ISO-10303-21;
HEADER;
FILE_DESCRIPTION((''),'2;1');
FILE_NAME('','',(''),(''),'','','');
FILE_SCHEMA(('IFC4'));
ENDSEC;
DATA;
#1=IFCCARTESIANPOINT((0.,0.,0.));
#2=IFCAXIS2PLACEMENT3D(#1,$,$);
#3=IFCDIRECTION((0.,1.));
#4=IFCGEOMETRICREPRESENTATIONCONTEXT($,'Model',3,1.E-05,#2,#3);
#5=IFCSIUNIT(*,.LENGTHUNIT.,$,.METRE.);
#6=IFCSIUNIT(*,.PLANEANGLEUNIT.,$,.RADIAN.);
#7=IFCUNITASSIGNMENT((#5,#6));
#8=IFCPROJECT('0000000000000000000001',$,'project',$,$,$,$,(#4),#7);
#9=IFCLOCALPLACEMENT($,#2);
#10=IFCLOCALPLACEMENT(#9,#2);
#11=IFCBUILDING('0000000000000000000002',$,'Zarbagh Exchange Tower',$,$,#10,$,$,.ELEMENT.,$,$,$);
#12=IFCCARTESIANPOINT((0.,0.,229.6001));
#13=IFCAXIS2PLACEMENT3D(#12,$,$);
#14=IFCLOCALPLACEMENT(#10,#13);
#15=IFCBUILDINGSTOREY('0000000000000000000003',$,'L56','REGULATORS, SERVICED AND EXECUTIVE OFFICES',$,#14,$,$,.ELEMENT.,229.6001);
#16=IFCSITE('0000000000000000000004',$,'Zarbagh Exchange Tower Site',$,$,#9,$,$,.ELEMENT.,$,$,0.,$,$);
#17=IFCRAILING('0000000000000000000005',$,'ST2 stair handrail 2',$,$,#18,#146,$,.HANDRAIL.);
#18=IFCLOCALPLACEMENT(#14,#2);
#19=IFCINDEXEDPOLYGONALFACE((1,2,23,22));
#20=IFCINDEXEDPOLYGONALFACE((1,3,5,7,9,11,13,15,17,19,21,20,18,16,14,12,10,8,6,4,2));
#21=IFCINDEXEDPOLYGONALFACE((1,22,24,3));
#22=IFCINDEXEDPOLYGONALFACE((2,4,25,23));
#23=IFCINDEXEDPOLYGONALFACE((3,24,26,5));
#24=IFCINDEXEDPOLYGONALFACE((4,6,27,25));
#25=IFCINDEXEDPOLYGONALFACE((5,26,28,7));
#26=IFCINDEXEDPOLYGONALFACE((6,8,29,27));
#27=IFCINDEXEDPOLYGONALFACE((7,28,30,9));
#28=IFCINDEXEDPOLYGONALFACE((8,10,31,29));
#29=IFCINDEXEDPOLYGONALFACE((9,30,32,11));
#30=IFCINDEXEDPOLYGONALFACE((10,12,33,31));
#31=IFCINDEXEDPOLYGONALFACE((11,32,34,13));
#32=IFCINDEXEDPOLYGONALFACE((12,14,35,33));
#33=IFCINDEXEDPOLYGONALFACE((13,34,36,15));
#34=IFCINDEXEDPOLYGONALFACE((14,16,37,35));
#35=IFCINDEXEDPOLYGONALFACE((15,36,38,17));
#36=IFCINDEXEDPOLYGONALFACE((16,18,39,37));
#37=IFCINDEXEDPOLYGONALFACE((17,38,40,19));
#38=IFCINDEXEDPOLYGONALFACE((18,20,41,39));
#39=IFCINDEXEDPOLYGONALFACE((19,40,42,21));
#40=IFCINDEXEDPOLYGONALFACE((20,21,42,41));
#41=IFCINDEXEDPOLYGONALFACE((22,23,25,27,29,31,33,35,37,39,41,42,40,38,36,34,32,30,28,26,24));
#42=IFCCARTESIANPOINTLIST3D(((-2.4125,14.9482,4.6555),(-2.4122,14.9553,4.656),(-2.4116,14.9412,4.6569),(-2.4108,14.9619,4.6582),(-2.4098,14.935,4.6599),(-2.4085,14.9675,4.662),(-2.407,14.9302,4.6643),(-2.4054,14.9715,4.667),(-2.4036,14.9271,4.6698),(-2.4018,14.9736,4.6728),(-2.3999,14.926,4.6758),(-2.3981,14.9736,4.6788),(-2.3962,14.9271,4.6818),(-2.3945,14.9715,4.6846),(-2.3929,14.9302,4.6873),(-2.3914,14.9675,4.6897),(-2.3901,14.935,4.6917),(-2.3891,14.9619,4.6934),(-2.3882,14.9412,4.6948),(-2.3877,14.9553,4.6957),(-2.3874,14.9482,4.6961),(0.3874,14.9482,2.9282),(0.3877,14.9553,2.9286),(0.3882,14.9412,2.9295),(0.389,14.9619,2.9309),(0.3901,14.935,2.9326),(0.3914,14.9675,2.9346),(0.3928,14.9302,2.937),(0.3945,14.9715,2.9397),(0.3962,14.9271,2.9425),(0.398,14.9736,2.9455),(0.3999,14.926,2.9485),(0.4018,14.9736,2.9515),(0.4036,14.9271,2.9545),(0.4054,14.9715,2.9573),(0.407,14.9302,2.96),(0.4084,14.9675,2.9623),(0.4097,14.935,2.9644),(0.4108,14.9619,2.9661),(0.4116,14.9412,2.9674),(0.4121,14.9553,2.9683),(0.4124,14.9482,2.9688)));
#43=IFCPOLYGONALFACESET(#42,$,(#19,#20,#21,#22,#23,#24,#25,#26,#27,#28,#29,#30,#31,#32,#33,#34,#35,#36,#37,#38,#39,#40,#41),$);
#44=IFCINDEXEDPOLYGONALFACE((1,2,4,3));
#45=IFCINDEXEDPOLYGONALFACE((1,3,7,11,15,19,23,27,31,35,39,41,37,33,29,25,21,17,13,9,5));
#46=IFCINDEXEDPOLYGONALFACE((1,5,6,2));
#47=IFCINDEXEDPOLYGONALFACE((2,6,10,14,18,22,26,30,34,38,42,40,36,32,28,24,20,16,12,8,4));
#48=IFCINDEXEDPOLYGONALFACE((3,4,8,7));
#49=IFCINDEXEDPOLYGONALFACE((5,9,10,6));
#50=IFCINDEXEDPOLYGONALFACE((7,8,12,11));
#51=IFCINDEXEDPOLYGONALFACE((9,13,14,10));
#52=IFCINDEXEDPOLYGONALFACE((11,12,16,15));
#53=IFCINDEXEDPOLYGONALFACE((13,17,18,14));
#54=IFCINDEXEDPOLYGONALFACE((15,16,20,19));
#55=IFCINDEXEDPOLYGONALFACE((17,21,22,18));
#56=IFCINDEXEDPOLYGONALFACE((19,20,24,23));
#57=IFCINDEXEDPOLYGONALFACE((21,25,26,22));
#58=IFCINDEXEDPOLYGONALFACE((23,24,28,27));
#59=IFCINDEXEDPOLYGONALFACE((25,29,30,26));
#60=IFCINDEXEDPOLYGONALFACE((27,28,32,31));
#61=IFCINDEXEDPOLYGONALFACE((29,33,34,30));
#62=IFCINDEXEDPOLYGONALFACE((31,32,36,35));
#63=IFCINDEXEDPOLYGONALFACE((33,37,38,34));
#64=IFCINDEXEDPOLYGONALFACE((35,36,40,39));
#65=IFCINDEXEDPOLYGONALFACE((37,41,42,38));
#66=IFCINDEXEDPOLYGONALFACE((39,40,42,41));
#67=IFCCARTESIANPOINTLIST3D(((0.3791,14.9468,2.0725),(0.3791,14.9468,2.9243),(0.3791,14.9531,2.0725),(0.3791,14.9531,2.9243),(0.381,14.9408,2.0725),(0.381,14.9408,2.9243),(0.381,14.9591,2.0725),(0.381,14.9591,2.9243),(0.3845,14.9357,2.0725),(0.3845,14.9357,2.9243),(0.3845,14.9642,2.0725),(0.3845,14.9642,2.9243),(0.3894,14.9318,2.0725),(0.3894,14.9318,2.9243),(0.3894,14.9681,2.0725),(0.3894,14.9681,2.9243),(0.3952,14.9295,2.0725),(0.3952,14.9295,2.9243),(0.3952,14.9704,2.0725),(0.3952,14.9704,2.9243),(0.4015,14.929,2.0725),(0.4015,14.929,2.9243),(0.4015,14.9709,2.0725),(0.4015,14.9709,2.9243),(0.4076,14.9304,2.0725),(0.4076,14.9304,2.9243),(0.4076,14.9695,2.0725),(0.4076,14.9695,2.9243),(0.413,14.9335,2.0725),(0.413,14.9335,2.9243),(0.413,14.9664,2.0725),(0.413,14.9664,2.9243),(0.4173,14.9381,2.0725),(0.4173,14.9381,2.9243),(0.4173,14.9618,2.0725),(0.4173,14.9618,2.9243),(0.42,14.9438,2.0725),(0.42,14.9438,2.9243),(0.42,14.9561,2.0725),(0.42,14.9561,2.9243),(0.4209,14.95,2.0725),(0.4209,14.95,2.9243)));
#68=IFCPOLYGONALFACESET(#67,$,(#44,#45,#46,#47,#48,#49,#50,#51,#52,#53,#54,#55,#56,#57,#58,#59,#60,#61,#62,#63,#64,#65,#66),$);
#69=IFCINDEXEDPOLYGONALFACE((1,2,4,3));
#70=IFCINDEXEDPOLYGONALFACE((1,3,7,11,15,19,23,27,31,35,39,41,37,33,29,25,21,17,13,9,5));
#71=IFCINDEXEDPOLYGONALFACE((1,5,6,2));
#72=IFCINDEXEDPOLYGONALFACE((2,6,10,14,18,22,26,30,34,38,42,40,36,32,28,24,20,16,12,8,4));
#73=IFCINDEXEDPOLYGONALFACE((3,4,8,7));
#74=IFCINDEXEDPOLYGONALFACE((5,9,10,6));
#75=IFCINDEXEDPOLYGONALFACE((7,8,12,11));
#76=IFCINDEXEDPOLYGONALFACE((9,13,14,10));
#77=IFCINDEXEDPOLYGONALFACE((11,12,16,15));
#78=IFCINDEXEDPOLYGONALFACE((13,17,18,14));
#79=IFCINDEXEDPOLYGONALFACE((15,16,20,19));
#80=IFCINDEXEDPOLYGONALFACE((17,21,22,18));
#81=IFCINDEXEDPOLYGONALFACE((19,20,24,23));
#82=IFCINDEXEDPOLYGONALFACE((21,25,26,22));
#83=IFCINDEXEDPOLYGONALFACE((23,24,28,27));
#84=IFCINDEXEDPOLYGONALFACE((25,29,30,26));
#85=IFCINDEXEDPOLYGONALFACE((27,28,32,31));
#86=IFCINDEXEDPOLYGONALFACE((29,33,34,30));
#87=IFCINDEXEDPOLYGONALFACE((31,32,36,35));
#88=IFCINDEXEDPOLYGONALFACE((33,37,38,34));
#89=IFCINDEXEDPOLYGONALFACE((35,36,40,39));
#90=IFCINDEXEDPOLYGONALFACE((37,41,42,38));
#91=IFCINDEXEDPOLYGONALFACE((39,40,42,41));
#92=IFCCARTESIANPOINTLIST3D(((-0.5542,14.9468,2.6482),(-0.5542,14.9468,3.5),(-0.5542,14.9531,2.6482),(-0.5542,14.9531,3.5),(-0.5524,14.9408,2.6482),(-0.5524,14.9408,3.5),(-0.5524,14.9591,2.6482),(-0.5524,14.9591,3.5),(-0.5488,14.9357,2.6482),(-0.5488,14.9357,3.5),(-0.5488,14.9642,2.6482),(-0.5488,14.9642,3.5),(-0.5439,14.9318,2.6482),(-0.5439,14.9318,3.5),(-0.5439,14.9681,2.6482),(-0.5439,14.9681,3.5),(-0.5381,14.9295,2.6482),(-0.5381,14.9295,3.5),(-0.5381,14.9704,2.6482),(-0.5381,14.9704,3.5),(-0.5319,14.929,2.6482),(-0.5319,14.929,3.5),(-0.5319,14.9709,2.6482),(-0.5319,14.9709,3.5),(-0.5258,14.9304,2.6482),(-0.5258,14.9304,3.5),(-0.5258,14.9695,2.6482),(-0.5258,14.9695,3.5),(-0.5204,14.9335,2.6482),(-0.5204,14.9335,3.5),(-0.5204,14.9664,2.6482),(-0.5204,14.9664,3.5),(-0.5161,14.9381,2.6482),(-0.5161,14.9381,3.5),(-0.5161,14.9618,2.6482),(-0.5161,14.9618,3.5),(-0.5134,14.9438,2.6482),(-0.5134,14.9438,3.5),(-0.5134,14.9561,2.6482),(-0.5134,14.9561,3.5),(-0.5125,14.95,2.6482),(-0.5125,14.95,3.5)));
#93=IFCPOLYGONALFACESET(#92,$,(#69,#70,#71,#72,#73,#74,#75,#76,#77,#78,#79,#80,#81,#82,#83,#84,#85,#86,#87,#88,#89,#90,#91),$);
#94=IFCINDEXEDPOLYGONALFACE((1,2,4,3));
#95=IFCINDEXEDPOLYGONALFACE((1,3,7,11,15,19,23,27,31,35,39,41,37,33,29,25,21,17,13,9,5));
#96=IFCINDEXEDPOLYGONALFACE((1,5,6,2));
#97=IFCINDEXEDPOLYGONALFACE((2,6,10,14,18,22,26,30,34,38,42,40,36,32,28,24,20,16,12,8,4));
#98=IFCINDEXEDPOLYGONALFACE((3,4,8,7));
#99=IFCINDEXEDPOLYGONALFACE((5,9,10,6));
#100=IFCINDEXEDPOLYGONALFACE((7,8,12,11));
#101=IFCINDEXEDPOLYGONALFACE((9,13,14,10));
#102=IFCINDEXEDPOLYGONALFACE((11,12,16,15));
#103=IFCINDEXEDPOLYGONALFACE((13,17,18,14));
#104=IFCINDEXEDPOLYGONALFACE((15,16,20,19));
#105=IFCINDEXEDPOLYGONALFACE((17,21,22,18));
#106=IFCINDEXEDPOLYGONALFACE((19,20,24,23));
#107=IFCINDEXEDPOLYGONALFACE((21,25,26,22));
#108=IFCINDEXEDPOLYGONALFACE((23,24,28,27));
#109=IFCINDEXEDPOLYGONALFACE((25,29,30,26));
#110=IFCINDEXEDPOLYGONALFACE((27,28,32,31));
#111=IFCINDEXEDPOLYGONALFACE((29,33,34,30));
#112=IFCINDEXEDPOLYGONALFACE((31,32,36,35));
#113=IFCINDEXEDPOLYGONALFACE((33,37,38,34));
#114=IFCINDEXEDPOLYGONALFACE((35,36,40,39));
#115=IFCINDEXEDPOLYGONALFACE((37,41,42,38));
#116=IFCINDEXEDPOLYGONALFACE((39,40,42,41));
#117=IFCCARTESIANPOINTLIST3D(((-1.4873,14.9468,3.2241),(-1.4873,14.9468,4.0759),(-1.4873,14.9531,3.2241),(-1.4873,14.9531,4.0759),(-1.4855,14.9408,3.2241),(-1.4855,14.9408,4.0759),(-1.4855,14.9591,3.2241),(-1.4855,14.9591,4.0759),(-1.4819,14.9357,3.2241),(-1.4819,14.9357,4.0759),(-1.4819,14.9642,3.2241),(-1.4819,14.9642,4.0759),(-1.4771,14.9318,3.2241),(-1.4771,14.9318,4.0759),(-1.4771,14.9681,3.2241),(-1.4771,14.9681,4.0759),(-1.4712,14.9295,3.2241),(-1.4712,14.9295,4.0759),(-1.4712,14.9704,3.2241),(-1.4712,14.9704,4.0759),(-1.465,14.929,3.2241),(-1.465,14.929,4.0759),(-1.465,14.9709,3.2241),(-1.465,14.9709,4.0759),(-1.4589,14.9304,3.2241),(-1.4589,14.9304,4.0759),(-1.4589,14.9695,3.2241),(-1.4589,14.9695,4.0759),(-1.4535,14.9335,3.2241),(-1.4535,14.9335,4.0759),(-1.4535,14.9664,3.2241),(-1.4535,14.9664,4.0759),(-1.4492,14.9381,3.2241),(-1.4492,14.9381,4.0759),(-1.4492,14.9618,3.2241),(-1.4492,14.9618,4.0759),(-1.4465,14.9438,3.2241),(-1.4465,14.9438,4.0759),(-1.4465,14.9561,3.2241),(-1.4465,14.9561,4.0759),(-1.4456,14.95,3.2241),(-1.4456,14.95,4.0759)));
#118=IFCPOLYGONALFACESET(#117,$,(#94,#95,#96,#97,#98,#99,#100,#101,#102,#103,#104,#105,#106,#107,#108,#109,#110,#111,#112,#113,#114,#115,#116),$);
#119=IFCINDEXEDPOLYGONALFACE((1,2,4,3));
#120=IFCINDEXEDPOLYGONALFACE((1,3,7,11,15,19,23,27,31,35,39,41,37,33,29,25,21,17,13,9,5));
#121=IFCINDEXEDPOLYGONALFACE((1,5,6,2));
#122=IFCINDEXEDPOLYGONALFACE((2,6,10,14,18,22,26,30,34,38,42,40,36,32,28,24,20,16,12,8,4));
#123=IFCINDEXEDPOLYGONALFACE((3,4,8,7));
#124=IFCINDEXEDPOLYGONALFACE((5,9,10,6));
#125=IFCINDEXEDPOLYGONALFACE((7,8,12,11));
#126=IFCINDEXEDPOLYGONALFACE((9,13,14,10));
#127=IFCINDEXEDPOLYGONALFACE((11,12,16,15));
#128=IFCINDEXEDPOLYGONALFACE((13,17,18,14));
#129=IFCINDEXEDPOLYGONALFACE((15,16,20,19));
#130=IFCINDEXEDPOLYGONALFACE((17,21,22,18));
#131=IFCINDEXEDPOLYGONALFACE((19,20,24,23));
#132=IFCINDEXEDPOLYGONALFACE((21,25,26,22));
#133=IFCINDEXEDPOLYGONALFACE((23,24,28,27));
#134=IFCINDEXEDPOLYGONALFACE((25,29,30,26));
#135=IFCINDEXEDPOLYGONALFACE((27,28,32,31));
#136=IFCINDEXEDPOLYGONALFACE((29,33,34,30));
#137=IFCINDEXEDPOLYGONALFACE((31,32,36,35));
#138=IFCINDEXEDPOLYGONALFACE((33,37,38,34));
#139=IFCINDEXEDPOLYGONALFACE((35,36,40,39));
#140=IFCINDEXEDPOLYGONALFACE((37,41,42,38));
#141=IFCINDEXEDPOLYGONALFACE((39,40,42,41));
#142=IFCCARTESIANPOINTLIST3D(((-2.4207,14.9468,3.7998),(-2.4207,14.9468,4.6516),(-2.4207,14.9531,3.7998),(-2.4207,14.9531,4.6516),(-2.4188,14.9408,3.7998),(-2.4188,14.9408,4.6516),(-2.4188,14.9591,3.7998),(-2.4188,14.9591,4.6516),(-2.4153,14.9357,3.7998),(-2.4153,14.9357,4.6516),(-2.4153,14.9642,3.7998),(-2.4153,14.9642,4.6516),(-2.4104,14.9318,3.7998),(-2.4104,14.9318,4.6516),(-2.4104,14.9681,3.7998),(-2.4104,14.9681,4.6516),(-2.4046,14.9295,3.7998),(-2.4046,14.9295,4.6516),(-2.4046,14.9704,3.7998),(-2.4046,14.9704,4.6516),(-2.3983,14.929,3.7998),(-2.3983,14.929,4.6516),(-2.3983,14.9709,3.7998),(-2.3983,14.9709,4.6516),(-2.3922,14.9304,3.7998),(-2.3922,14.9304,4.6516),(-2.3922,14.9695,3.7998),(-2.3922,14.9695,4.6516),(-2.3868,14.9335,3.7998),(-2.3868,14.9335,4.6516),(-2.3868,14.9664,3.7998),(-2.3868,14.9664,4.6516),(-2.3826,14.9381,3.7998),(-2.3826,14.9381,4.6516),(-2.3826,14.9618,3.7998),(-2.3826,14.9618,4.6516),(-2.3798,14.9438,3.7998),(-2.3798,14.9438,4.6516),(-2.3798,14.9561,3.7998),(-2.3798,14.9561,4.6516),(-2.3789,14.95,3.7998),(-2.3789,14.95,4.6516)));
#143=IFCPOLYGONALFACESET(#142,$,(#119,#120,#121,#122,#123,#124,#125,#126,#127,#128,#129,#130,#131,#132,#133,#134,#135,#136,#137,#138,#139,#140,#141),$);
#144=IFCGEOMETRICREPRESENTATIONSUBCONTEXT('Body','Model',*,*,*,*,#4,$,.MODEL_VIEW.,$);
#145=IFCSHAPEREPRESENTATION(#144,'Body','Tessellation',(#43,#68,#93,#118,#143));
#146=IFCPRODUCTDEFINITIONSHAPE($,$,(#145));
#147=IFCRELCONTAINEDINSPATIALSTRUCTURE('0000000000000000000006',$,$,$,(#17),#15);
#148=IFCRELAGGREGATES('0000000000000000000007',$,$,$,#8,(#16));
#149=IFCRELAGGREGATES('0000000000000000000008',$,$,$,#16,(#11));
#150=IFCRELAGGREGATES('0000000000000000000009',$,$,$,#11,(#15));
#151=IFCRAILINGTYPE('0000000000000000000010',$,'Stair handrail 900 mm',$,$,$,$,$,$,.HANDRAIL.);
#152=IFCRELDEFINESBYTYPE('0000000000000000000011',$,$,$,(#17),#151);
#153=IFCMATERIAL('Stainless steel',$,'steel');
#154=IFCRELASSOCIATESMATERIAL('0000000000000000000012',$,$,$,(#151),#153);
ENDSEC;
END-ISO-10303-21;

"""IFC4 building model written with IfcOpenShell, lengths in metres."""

from ifc_helpers import new_model, si_unit, direction, frame, origin, origin_2d, place, context, subcontext, project, spatial, circle, extrude, material, type_object, element, save


model = new_model("IFC4")

# Units and contexts
model_context = context("Model", 3, precision=1e-05, world=origin(), true_north=direction((0.0, 1.0)))
body_context = subcontext(model_context, "Body", "Model", "MODEL_VIEW")
ifc_project = project(units=[si_unit("LENGTHUNIT", "METRE"), si_unit("PLANEANGLEUNIT", "RADIAN")], contexts=[model_context])

# Site, building, storey
site_placement = place(None, origin())
site = spatial("IfcSite", under=ifc_project, at=site_placement, Name="Zarbagh Exchange Tower Site", CompositionType="ELEMENT", RefElevation=0.0)
building_placement = place(site_placement, origin())
building = spatial("IfcBuilding", under=site, at=building_placement, Name="Zarbagh Exchange Tower", CompositionType="ELEMENT")
storey_placement = place(building_placement, frame((0.0, 0.0, 229.6001)))
storey = spatial("IfcBuildingStorey", under=building, at=storey_placement, Name="L56", Description="REGULATORS, SERVICED AND EXECUTIVE OFFICES", CompositionType="ELEMENT", Elevation=229.6001)

# Shared definitions
ifc_material_1 = material(Name="Stainless steel", Category="steel")

# Railing
railing_type_1 = type_object("IfcRailingType", Name="Stair handrail 900 mm", PredefinedType="HANDRAIL", material=ifc_material_1)
railing_1_placement = place(storey_placement, frame((0.3999, 14.95, 2.0725)))
element("IfcRailing", 1, at=railing_1_placement, inside=storey, type_object=railing_type_1, Name="ST2 stair handrail 2", PredefinedType="HANDRAIL", context=body_context, shape_type="SweptSolid", body=[
    extrude(circle(Radius=0.0239, at=origin_2d()), frame((0.0, 0.0, 0.876), z_axis=(-0.851069, 0.0, 0.525054), x_axis=(0.0, -1.0, 0.0)), (0.0, 0.0, 1.0), 3.2898),
    extrude(circle(Radius=0.021, at=origin_2d()), origin(), (0.0, 0.0, 1.0), 0.8518),
    extrude(circle(Radius=0.021, at=origin_2d()), frame((-0.9333, 0.0, 0.5757)), (0.0, 0.0, 1.0), 0.8518),
    extrude(circle(Radius=0.021, at=origin_2d()), frame((-1.8665, 0.0, 1.1516)), (0.0, 0.0, 1.0), 0.8518),
    extrude(circle(Radius=0.021, at=origin_2d()), frame((-2.7998, 0.0, 1.7273)), (0.0, 0.0, 1.0), 0.8518),
])

save(model, "model.ifc")
